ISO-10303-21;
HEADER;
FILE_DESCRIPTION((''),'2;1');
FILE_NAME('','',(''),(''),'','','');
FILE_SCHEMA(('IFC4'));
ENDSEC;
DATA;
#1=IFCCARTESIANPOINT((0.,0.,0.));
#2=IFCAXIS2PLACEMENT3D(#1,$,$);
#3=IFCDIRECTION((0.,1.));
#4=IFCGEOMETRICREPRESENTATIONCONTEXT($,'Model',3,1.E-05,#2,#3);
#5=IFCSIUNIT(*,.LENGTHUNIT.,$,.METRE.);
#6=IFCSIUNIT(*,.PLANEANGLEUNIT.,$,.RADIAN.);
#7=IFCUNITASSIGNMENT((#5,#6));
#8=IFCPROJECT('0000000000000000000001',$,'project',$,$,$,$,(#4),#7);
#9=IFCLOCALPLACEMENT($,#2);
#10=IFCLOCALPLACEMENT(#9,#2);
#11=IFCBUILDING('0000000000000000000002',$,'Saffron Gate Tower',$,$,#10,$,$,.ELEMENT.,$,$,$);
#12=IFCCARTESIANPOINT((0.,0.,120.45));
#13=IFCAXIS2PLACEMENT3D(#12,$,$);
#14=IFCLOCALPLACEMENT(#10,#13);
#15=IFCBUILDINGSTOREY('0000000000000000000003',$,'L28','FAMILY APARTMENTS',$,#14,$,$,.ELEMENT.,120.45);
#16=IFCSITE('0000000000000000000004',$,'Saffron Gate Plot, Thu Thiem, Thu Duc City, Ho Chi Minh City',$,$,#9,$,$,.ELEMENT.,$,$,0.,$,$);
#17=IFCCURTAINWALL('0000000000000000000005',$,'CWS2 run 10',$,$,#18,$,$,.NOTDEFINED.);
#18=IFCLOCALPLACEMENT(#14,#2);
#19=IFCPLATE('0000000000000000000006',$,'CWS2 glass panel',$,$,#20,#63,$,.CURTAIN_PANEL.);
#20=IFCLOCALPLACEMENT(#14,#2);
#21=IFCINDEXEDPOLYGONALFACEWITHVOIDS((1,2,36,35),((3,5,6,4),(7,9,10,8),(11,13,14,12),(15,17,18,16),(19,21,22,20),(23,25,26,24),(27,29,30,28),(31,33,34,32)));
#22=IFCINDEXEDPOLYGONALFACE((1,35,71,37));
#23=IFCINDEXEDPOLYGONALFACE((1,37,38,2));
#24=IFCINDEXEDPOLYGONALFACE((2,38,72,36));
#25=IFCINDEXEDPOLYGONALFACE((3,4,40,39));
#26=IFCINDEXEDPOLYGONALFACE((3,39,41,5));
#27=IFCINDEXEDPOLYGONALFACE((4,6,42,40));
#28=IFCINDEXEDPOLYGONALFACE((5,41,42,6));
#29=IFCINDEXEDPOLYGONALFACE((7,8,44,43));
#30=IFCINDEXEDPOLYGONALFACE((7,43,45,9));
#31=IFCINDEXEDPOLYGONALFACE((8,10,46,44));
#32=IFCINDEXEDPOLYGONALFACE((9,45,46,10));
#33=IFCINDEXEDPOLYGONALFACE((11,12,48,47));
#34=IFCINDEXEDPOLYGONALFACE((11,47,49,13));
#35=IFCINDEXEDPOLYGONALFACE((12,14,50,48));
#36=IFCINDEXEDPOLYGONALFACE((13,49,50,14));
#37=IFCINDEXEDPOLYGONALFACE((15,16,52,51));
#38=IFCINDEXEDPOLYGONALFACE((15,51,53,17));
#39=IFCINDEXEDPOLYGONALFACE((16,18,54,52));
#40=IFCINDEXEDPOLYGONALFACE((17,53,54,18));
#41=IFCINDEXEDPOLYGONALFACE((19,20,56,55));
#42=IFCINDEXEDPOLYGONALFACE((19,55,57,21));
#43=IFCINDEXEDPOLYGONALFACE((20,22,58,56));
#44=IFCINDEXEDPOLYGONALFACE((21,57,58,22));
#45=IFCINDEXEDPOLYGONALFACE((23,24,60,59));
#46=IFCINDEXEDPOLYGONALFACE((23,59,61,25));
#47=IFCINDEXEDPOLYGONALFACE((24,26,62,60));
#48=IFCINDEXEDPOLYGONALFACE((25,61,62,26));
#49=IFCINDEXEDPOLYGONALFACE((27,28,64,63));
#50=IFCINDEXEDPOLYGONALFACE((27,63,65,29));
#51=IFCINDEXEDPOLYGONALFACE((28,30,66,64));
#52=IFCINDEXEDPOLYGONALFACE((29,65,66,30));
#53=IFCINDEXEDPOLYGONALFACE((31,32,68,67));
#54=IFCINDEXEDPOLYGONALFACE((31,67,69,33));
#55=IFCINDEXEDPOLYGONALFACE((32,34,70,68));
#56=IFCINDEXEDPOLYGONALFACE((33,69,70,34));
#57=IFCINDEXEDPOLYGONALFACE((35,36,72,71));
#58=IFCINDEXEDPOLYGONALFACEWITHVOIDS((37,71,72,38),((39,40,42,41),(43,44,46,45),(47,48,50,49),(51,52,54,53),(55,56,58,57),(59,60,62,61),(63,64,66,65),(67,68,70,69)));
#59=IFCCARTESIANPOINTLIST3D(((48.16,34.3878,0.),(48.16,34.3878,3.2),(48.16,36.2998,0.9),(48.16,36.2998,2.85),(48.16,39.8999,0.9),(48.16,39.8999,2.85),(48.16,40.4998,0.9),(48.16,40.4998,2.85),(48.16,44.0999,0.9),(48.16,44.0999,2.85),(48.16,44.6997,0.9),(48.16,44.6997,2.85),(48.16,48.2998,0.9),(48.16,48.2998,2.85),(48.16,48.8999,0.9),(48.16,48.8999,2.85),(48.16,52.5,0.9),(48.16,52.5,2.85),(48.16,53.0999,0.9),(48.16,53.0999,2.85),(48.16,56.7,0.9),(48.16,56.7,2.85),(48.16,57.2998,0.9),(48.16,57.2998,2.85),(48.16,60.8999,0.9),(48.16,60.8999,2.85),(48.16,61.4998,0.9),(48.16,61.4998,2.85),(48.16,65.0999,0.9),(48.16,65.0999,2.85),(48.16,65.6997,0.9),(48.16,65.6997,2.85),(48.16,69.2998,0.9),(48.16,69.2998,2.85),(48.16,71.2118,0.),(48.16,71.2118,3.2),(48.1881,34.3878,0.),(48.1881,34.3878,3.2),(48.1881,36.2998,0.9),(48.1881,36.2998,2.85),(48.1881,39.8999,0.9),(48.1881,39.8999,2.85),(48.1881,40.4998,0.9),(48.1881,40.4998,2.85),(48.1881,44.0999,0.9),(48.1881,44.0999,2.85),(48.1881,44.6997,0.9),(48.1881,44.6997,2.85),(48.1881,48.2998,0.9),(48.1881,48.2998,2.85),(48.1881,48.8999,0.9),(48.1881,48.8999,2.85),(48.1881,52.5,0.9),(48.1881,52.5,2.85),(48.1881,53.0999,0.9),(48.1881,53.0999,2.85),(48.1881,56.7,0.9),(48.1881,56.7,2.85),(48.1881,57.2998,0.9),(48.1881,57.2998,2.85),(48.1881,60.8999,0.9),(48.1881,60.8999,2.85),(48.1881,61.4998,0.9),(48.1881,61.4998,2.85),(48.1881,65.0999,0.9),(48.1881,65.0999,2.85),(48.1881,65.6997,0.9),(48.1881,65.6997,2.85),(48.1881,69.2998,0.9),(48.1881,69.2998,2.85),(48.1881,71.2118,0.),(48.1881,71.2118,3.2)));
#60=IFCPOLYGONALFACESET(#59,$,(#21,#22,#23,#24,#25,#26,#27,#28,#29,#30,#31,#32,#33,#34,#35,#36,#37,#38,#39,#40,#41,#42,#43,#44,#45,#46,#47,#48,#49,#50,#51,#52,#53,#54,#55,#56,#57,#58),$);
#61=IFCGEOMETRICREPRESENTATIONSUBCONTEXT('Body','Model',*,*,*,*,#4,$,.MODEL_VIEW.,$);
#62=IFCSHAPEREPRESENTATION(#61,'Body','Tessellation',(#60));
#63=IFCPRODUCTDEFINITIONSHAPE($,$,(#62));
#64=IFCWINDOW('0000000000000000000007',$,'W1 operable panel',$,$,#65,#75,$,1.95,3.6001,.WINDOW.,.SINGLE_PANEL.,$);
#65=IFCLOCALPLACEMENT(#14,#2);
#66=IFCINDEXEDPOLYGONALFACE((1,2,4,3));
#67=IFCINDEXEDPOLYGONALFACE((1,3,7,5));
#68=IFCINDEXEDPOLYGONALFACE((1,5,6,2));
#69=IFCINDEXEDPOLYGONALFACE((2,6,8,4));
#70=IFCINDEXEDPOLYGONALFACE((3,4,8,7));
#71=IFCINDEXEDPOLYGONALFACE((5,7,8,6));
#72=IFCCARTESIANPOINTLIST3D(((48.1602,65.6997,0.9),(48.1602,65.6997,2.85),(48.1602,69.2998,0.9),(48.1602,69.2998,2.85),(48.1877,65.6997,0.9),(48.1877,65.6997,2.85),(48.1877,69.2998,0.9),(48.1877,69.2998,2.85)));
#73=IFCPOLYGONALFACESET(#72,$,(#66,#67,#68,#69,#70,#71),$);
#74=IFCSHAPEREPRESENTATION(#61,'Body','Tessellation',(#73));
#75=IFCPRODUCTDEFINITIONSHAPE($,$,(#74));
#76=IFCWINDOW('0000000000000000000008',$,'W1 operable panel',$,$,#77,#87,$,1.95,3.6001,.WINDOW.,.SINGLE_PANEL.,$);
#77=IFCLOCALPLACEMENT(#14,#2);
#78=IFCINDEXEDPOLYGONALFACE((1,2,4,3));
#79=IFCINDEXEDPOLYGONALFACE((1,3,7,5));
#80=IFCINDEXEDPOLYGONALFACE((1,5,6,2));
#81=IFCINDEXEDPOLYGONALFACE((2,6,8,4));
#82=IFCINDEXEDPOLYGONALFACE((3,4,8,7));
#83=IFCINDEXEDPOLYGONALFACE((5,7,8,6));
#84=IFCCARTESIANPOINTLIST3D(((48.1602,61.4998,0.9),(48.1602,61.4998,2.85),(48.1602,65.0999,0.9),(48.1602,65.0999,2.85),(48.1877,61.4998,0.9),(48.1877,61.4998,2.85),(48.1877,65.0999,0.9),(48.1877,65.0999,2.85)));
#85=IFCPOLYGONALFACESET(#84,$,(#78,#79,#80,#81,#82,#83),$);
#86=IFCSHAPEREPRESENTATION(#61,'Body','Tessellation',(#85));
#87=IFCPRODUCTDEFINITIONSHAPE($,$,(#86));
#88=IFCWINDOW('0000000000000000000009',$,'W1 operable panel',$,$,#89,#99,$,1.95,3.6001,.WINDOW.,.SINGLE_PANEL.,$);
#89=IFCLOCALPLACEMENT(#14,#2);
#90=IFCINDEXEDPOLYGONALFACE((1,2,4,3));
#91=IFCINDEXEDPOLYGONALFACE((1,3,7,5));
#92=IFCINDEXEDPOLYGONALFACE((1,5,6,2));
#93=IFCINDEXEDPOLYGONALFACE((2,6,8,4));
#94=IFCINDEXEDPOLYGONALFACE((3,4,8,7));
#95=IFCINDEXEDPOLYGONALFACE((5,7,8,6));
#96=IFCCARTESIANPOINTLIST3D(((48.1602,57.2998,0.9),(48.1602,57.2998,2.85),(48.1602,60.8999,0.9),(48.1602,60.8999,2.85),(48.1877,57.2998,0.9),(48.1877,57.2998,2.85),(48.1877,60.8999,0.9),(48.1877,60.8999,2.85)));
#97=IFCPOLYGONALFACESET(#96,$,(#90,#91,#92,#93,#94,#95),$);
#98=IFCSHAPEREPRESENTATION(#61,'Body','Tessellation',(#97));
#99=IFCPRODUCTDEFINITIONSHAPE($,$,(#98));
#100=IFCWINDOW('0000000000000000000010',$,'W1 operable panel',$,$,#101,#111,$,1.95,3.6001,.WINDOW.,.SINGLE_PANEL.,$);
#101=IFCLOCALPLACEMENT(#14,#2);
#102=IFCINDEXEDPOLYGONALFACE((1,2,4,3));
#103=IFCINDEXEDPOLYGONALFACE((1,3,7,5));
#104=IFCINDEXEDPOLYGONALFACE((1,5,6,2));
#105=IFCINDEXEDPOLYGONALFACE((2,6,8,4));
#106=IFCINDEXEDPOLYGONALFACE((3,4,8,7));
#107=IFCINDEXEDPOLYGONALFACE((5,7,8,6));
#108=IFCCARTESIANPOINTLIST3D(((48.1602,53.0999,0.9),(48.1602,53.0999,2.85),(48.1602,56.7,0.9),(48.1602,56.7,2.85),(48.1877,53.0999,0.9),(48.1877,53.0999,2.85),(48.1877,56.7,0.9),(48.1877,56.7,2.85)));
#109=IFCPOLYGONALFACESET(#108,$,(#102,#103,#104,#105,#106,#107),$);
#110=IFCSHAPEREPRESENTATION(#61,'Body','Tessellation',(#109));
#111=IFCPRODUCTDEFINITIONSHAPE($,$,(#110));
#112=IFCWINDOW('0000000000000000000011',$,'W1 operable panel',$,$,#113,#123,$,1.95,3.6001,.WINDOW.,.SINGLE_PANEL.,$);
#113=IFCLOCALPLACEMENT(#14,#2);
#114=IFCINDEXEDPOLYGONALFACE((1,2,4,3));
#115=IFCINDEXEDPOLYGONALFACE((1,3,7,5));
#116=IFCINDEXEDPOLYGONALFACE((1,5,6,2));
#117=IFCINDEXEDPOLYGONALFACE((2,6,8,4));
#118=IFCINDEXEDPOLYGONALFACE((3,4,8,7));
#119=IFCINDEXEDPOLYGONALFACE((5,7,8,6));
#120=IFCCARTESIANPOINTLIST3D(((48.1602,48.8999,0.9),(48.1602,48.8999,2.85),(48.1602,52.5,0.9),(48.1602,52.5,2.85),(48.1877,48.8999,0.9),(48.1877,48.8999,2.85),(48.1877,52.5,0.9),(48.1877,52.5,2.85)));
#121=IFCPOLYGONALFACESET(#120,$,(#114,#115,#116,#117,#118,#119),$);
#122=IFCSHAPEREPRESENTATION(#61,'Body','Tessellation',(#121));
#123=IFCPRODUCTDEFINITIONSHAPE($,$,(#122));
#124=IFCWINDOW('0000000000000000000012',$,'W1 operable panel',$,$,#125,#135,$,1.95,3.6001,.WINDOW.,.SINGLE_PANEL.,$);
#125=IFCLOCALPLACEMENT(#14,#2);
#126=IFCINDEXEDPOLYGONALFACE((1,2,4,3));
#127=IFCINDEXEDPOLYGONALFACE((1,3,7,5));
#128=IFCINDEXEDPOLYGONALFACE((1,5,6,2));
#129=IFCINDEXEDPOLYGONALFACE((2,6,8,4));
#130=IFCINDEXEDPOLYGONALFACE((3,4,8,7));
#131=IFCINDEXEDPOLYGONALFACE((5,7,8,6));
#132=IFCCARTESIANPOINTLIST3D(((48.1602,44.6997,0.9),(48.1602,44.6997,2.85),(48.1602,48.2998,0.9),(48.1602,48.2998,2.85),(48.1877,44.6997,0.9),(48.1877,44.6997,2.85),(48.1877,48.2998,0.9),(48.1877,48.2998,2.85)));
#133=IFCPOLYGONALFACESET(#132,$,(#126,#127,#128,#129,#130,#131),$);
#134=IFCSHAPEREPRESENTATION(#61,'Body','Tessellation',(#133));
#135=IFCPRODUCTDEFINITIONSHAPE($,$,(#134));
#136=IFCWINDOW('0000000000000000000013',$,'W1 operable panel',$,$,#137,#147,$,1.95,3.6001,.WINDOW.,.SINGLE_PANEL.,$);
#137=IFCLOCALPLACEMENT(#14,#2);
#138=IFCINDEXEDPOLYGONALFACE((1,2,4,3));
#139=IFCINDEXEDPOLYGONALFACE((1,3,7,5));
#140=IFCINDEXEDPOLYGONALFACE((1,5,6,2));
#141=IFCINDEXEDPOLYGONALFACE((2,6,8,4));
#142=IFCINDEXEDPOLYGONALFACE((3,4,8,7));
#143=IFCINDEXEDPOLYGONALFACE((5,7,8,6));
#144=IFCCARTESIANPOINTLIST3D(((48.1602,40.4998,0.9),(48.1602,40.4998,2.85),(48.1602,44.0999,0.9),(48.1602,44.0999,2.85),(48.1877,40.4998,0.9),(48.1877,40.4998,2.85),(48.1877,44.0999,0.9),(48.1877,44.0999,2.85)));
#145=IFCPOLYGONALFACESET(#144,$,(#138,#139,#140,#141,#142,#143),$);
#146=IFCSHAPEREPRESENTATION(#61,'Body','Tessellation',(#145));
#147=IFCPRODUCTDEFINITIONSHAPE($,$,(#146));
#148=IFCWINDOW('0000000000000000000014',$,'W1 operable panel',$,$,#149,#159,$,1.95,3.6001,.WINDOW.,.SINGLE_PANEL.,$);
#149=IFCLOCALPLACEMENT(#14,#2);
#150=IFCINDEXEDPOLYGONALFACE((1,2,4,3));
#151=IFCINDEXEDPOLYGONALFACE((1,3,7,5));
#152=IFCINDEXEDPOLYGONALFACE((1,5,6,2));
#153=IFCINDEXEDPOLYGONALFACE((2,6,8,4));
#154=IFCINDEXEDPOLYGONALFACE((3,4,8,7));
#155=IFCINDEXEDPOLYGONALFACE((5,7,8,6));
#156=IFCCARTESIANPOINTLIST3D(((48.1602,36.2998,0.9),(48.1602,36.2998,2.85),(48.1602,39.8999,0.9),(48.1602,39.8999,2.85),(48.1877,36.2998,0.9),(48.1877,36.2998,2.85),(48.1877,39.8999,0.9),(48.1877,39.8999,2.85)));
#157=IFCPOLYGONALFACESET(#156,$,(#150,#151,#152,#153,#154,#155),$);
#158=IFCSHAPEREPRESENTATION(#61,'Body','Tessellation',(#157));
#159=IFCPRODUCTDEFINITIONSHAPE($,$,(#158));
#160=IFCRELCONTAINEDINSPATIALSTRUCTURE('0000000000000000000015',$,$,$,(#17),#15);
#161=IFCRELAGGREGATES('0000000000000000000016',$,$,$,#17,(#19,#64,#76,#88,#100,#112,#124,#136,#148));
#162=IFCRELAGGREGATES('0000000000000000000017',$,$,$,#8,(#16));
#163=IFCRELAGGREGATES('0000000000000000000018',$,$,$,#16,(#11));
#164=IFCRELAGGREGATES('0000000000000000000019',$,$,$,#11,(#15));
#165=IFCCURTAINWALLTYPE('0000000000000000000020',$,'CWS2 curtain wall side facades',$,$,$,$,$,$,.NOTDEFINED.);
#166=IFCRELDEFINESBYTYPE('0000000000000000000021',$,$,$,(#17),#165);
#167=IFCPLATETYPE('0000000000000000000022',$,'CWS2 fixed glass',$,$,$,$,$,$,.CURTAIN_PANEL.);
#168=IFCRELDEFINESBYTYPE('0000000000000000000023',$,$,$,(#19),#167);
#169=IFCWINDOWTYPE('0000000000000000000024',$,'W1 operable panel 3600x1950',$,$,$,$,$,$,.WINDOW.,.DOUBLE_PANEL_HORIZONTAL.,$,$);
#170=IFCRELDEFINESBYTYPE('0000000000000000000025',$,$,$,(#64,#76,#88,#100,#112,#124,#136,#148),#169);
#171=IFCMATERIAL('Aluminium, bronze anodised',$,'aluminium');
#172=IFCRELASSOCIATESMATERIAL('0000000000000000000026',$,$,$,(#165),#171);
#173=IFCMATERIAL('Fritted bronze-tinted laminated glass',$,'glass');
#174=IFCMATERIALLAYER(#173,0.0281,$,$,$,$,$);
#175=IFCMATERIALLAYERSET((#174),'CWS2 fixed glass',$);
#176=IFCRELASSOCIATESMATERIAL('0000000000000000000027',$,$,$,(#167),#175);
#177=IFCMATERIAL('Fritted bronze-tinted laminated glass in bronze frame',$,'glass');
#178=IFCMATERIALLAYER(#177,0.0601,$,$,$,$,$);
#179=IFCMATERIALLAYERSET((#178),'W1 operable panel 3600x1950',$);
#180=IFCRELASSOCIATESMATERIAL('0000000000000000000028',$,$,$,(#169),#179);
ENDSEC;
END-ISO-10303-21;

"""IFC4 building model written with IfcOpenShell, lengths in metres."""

from ifc_helpers import new_model, si_unit, direction, frame, frame_2d, origin, place, context, subcontext, project, spatial, rectangle, extrude, material, layer, layer_set, type_object, element, fill, aggregate, save


model = new_model("IFC4")

# Units and contexts
model_context = context("Model", 3, precision=1e-05, world=origin(), true_north=direction((0.0, 1.0)))
body_context = subcontext(model_context, "Body", "Model", "MODEL_VIEW")
ifc_project = project(units=[si_unit("LENGTHUNIT", "METRE"), si_unit("PLANEANGLEUNIT", "RADIAN")], contexts=[model_context])

# Site, building, storey
site_placement = place(None, origin())
site = spatial("IfcSite", under=ifc_project, at=site_placement, Name="Saffron Gate Plot, Thu Thiem, Thu Duc City, Ho Chi Minh City", CompositionType="ELEMENT", RefElevation=0.0)
building_placement = place(site_placement, origin())
building = spatial("IfcBuilding", under=site, at=building_placement, Name="Saffron Gate Tower", CompositionType="ELEMENT")
storey_placement = place(building_placement, frame((0.0, 0.0, 120.45)))
storey = spatial("IfcBuildingStorey", under=building, at=storey_placement, Name="L28", Description="FAMILY APARTMENTS", CompositionType="ELEMENT", Elevation=120.45)

# Curtain wall
ifc_material_1 = material(Name="Aluminium, bronze anodised", Category="aluminium")
curtain_wall_type_1 = type_object("IfcCurtainWallType", Name="CWS2 curtain wall side facades", PredefinedType="NOTDEFINED", material=ifc_material_1)
curtain_wall_1_placement = place(storey_placement, origin())
curtain_wall_1 = element("IfcCurtainWall", 1, at=curtain_wall_1_placement, inside=storey, type_object=curtain_wall_type_1, Name="CWS2 run 10", PredefinedType="NOTDEFINED")

# Plate, openings, windows
ifc_material_2 = material(Name="Fritted bronze-tinted laminated glass", Category="glass")
ifc_layer_1 = layer(ifc_material_2, 0.0281)
ifc_layer_set_1 = layer_set([ifc_layer_1], Name="CWS2 fixed glass")
plate_type = type_object("IfcPlateType", Name="CWS2 fixed glass", PredefinedType="CURTAIN_PANEL", material=ifc_layer_set_1)
plate_placement = place(storey_placement, frame((48.1741, 71.2119, 0.0), z_axis=(0.0, 0.0, 1.0), x_axis=(0.0, -1.0, 0.0)))
plate = element("IfcPlate", 2, at=plate_placement, type_object=plate_type, Name="CWS2 glass panel", PredefinedType="CURTAIN_PANEL", context=body_context, shape_type="SweptSolid", body=[
    extrude(rectangle(XDim=36.824, YDim=0.0281, at=frame_2d((18.4121, 0.0))), origin(), (0.0, 0.0, 1.0), 3.2),
])
opening_1_placement = place(plate_placement, frame((1.9121, 0.0, 0.8999)))
opening_1 = element("IfcOpeningElement", 3, at=opening_1_placement, cuts=plate, PredefinedType="OPENING", context=body_context, shape_type="SweptSolid", body=[
    extrude(rectangle(XDim=3.6001, YDim=1.95, at=frame_2d((1.8, 0.9751))), frame((0.0, 0.0239, 0.0), z_axis=(0.0, -1.0, 0.0), x_axis=(1.0, 0.0, 0.0)), (0.0, 0.0, 1.0), 0.0481),
])
opening_2_placement = place(plate_placement, frame((6.1121, 0.0, 0.8999)))
opening_2 = element("IfcOpeningElement", 4, at=opening_2_placement, cuts=plate, PredefinedType="OPENING", context=body_context, shape_type="SweptSolid", body=[
    extrude(rectangle(XDim=3.6001, YDim=1.95, at=frame_2d((1.8, 0.9751))), frame((0.0, 0.0239, 0.0), z_axis=(0.0, -1.0, 0.0), x_axis=(1.0, 0.0, 0.0)), (0.0, 0.0, 1.0), 0.0481),
])
opening_3_placement = place(plate_placement, frame((10.312, 0.0, 0.8999)))
opening_3 = element("IfcOpeningElement", 5, at=opening_3_placement, cuts=plate, PredefinedType="OPENING", context=body_context, shape_type="SweptSolid", body=[
    extrude(rectangle(XDim=3.6001, YDim=1.95, at=frame_2d((1.8, 0.9751))), frame((0.0, 0.0239, 0.0), z_axis=(0.0, -1.0, 0.0), x_axis=(1.0, 0.0, 0.0)), (0.0, 0.0, 1.0), 0.0481),
])
opening_4_placement = place(plate_placement, frame((14.512, 0.0, 0.8999)))
opening_4 = element("IfcOpeningElement", 6, at=opening_4_placement, cuts=plate, PredefinedType="OPENING", context=body_context, shape_type="SweptSolid", body=[
    extrude(rectangle(XDim=3.6001, YDim=1.95, at=frame_2d((1.8, 0.9751))), frame((0.0, 0.0239, 0.0), z_axis=(0.0, -1.0, 0.0), x_axis=(1.0, 0.0, 0.0)), (0.0, 0.0, 1.0), 0.0481),
])
opening_5_placement = place(plate_placement, frame((18.7119, 0.0, 0.8999)))
opening_5 = element("IfcOpeningElement", 7, at=opening_5_placement, cuts=plate, PredefinedType="OPENING", context=body_context, shape_type="SweptSolid", body=[
    extrude(rectangle(XDim=3.6001, YDim=1.95, at=frame_2d((1.8, 0.9751))), frame((0.0, 0.0239, 0.0), z_axis=(0.0, -1.0, 0.0), x_axis=(1.0, 0.0, 0.0)), (0.0, 0.0, 1.0), 0.0481),
])
opening_6_placement = place(plate_placement, frame((22.9121, 0.0, 0.8999)))
opening_6 = element("IfcOpeningElement", 8, at=opening_6_placement, cuts=plate, PredefinedType="OPENING", context=body_context, shape_type="SweptSolid", body=[
    extrude(rectangle(XDim=3.6001, YDim=1.95, at=frame_2d((1.8, 0.9751))), frame((0.0, 0.0239, 0.0), z_axis=(0.0, -1.0, 0.0), x_axis=(1.0, 0.0, 0.0)), (0.0, 0.0, 1.0), 0.0481),
])
opening_7_placement = place(plate_placement, frame((27.1121, 0.0, 0.8999)))
opening_7 = element("IfcOpeningElement", 9, at=opening_7_placement, cuts=plate, PredefinedType="OPENING", context=body_context, shape_type="SweptSolid", body=[
    extrude(rectangle(XDim=3.6001, YDim=1.95, at=frame_2d((1.8, 0.9751))), frame((0.0, 0.0239, 0.0), z_axis=(0.0, -1.0, 0.0), x_axis=(1.0, 0.0, 0.0)), (0.0, 0.0, 1.0), 0.0481),
])
opening_8_placement = place(plate_placement, frame((31.312, 0.0, 0.8999)))
opening_8 = element("IfcOpeningElement", 10, at=opening_8_placement, cuts=plate, PredefinedType="OPENING", context=body_context, shape_type="SweptSolid", body=[
    extrude(rectangle(XDim=3.6001, YDim=1.95, at=frame_2d((1.8, 0.9751))), frame((0.0, 0.0239, 0.0), z_axis=(0.0, -1.0, 0.0), x_axis=(1.0, 0.0, 0.0)), (0.0, 0.0, 1.0), 0.0481),
])
ifc_material_3 = material(Name="Fritted bronze-tinted laminated glass in bronze frame", Category="glass")
ifc_layer_2 = layer(ifc_material_3, 0.0601)
ifc_layer_set_2 = layer_set([ifc_layer_2], Name="W1 operable panel 3600x1950")
window_type = type_object("IfcWindowType", Name="W1 operable panel 3600x1950", PartitioningType="DOUBLE_PANEL_HORIZONTAL", PredefinedType="WINDOW", material=ifc_layer_set_2)
window_1_placement = place(opening_1_placement, origin())
window_1 = element("IfcWindow", 11, at=window_1_placement, type_object=window_type, Name="W1 operable panel", OverallHeight=1.95, OverallWidth=3.6001, PartitioningType="SINGLE_PANEL", PredefinedType="WINDOW", context=body_context, shape_type="SweptSolid", body=[
    extrude(rectangle(XDim=3.6001, YDim=1.95, at=frame_2d((1.8, 0.9751))), frame((0.0, 0.0137, 0.0), z_axis=(0.0, -1.0, 0.0), x_axis=(1.0, 0.0, 0.0)), (0.0, 0.0, 1.0), 0.0276),
])
fill(opening_1, window_1)
window_2_placement = place(opening_2_placement, origin())
window_2 = element("IfcWindow", 12, at=window_2_placement, type_object=window_type, Name="W1 operable panel", OverallHeight=1.95, OverallWidth=3.6001, PartitioningType="SINGLE_PANEL", PredefinedType="WINDOW", context=body_context, shape_type="SweptSolid", body=[
    extrude(rectangle(XDim=3.6001, YDim=1.95, at=frame_2d((1.8, 0.9751))), frame((0.0, 0.0137, 0.0), z_axis=(0.0, -1.0, 0.0), x_axis=(1.0, 0.0, 0.0)), (0.0, 0.0, 1.0), 0.0276),
])
fill(opening_2, window_2)
window_3_placement = place(opening_3_placement, origin())
window_3 = element("IfcWindow", 13, at=window_3_placement, type_object=window_type, Name="W1 operable panel", OverallHeight=1.95, OverallWidth=3.6001, PartitioningType="SINGLE_PANEL", PredefinedType="WINDOW", context=body_context, shape_type="SweptSolid", body=[
    extrude(rectangle(XDim=3.6001, YDim=1.95, at=frame_2d((1.8, 0.9751))), frame((0.0, 0.0137, 0.0), z_axis=(0.0, -1.0, 0.0), x_axis=(1.0, 0.0, 0.0)), (0.0, 0.0, 1.0), 0.0276),
])
fill(opening_3, window_3)
window_4_placement = place(opening_4_placement, origin())
window_4 = element("IfcWindow", 14, at=window_4_placement, type_object=window_type, Name="W1 operable panel", OverallHeight=1.95, OverallWidth=3.6001, PartitioningType="SINGLE_PANEL", PredefinedType="WINDOW", context=body_context, shape_type="SweptSolid", body=[
    extrude(rectangle(XDim=3.6001, YDim=1.95, at=frame_2d((1.8, 0.9751))), frame((0.0, 0.0137, 0.0), z_axis=(0.0, -1.0, 0.0), x_axis=(1.0, 0.0, 0.0)), (0.0, 0.0, 1.0), 0.0276),
])
fill(opening_4, window_4)
window_5_placement = place(opening_5_placement, origin())
window_5 = element("IfcWindow", 15, at=window_5_placement, type_object=window_type, Name="W1 operable panel", OverallHeight=1.95, OverallWidth=3.6001, PartitioningType="SINGLE_PANEL", PredefinedType="WINDOW", context=body_context, shape_type="SweptSolid", body=[
    extrude(rectangle(XDim=3.6001, YDim=1.95, at=frame_2d((1.8, 0.9751))), frame((0.0, 0.0137, 0.0), z_axis=(0.0, -1.0, 0.0), x_axis=(1.0, 0.0, 0.0)), (0.0, 0.0, 1.0), 0.0276),
])
fill(opening_5, window_5)
window_6_placement = place(opening_6_placement, origin())
window_6 = element("IfcWindow", 16, at=window_6_placement, type_object=window_type, Name="W1 operable panel", OverallHeight=1.95, OverallWidth=3.6001, PartitioningType="SINGLE_PANEL", PredefinedType="WINDOW", context=body_context, shape_type="SweptSolid", body=[
    extrude(rectangle(XDim=3.6001, YDim=1.95, at=frame_2d((1.8, 0.9751))), frame((0.0, 0.0137, 0.0), z_axis=(0.0, -1.0, 0.0), x_axis=(1.0, 0.0, 0.0)), (0.0, 0.0, 1.0), 0.0276),
])
fill(opening_6, window_6)
window_7_placement = place(opening_7_placement, origin())
window_7 = element("IfcWindow", 17, at=window_7_placement, type_object=window_type, Name="W1 operable panel", OverallHeight=1.95, OverallWidth=3.6001, PartitioningType="SINGLE_PANEL", PredefinedType="WINDOW", context=body_context, shape_type="SweptSolid", body=[
    extrude(rectangle(XDim=3.6001, YDim=1.95, at=frame_2d((1.8, 0.9751))), frame((0.0, 0.0137, 0.0), z_axis=(0.0, -1.0, 0.0), x_axis=(1.0, 0.0, 0.0)), (0.0, 0.0, 1.0), 0.0276),
])
fill(opening_7, window_7)
window_8_placement = place(opening_8_placement, origin())
window_8 = element("IfcWindow", 18, at=window_8_placement, type_object=window_type, Name="W1 operable panel", OverallHeight=1.95, OverallWidth=3.6001, PartitioningType="SINGLE_PANEL", PredefinedType="WINDOW", context=body_context, shape_type="SweptSolid", body=[
    extrude(rectangle(XDim=3.6001, YDim=1.95, at=frame_2d((1.8, 0.9751))), frame((0.0, 0.0137, 0.0), z_axis=(0.0, -1.0, 0.0), x_axis=(1.0, 0.0, 0.0)), (0.0, 0.0, 1.0), 0.0276),
])
fill(opening_8, window_8)
aggregate(curtain_wall_1, [plate, window_1, window_2, window_3, window_4, window_5, window_6, window_7, window_8])

save(model, "model.ifc")
